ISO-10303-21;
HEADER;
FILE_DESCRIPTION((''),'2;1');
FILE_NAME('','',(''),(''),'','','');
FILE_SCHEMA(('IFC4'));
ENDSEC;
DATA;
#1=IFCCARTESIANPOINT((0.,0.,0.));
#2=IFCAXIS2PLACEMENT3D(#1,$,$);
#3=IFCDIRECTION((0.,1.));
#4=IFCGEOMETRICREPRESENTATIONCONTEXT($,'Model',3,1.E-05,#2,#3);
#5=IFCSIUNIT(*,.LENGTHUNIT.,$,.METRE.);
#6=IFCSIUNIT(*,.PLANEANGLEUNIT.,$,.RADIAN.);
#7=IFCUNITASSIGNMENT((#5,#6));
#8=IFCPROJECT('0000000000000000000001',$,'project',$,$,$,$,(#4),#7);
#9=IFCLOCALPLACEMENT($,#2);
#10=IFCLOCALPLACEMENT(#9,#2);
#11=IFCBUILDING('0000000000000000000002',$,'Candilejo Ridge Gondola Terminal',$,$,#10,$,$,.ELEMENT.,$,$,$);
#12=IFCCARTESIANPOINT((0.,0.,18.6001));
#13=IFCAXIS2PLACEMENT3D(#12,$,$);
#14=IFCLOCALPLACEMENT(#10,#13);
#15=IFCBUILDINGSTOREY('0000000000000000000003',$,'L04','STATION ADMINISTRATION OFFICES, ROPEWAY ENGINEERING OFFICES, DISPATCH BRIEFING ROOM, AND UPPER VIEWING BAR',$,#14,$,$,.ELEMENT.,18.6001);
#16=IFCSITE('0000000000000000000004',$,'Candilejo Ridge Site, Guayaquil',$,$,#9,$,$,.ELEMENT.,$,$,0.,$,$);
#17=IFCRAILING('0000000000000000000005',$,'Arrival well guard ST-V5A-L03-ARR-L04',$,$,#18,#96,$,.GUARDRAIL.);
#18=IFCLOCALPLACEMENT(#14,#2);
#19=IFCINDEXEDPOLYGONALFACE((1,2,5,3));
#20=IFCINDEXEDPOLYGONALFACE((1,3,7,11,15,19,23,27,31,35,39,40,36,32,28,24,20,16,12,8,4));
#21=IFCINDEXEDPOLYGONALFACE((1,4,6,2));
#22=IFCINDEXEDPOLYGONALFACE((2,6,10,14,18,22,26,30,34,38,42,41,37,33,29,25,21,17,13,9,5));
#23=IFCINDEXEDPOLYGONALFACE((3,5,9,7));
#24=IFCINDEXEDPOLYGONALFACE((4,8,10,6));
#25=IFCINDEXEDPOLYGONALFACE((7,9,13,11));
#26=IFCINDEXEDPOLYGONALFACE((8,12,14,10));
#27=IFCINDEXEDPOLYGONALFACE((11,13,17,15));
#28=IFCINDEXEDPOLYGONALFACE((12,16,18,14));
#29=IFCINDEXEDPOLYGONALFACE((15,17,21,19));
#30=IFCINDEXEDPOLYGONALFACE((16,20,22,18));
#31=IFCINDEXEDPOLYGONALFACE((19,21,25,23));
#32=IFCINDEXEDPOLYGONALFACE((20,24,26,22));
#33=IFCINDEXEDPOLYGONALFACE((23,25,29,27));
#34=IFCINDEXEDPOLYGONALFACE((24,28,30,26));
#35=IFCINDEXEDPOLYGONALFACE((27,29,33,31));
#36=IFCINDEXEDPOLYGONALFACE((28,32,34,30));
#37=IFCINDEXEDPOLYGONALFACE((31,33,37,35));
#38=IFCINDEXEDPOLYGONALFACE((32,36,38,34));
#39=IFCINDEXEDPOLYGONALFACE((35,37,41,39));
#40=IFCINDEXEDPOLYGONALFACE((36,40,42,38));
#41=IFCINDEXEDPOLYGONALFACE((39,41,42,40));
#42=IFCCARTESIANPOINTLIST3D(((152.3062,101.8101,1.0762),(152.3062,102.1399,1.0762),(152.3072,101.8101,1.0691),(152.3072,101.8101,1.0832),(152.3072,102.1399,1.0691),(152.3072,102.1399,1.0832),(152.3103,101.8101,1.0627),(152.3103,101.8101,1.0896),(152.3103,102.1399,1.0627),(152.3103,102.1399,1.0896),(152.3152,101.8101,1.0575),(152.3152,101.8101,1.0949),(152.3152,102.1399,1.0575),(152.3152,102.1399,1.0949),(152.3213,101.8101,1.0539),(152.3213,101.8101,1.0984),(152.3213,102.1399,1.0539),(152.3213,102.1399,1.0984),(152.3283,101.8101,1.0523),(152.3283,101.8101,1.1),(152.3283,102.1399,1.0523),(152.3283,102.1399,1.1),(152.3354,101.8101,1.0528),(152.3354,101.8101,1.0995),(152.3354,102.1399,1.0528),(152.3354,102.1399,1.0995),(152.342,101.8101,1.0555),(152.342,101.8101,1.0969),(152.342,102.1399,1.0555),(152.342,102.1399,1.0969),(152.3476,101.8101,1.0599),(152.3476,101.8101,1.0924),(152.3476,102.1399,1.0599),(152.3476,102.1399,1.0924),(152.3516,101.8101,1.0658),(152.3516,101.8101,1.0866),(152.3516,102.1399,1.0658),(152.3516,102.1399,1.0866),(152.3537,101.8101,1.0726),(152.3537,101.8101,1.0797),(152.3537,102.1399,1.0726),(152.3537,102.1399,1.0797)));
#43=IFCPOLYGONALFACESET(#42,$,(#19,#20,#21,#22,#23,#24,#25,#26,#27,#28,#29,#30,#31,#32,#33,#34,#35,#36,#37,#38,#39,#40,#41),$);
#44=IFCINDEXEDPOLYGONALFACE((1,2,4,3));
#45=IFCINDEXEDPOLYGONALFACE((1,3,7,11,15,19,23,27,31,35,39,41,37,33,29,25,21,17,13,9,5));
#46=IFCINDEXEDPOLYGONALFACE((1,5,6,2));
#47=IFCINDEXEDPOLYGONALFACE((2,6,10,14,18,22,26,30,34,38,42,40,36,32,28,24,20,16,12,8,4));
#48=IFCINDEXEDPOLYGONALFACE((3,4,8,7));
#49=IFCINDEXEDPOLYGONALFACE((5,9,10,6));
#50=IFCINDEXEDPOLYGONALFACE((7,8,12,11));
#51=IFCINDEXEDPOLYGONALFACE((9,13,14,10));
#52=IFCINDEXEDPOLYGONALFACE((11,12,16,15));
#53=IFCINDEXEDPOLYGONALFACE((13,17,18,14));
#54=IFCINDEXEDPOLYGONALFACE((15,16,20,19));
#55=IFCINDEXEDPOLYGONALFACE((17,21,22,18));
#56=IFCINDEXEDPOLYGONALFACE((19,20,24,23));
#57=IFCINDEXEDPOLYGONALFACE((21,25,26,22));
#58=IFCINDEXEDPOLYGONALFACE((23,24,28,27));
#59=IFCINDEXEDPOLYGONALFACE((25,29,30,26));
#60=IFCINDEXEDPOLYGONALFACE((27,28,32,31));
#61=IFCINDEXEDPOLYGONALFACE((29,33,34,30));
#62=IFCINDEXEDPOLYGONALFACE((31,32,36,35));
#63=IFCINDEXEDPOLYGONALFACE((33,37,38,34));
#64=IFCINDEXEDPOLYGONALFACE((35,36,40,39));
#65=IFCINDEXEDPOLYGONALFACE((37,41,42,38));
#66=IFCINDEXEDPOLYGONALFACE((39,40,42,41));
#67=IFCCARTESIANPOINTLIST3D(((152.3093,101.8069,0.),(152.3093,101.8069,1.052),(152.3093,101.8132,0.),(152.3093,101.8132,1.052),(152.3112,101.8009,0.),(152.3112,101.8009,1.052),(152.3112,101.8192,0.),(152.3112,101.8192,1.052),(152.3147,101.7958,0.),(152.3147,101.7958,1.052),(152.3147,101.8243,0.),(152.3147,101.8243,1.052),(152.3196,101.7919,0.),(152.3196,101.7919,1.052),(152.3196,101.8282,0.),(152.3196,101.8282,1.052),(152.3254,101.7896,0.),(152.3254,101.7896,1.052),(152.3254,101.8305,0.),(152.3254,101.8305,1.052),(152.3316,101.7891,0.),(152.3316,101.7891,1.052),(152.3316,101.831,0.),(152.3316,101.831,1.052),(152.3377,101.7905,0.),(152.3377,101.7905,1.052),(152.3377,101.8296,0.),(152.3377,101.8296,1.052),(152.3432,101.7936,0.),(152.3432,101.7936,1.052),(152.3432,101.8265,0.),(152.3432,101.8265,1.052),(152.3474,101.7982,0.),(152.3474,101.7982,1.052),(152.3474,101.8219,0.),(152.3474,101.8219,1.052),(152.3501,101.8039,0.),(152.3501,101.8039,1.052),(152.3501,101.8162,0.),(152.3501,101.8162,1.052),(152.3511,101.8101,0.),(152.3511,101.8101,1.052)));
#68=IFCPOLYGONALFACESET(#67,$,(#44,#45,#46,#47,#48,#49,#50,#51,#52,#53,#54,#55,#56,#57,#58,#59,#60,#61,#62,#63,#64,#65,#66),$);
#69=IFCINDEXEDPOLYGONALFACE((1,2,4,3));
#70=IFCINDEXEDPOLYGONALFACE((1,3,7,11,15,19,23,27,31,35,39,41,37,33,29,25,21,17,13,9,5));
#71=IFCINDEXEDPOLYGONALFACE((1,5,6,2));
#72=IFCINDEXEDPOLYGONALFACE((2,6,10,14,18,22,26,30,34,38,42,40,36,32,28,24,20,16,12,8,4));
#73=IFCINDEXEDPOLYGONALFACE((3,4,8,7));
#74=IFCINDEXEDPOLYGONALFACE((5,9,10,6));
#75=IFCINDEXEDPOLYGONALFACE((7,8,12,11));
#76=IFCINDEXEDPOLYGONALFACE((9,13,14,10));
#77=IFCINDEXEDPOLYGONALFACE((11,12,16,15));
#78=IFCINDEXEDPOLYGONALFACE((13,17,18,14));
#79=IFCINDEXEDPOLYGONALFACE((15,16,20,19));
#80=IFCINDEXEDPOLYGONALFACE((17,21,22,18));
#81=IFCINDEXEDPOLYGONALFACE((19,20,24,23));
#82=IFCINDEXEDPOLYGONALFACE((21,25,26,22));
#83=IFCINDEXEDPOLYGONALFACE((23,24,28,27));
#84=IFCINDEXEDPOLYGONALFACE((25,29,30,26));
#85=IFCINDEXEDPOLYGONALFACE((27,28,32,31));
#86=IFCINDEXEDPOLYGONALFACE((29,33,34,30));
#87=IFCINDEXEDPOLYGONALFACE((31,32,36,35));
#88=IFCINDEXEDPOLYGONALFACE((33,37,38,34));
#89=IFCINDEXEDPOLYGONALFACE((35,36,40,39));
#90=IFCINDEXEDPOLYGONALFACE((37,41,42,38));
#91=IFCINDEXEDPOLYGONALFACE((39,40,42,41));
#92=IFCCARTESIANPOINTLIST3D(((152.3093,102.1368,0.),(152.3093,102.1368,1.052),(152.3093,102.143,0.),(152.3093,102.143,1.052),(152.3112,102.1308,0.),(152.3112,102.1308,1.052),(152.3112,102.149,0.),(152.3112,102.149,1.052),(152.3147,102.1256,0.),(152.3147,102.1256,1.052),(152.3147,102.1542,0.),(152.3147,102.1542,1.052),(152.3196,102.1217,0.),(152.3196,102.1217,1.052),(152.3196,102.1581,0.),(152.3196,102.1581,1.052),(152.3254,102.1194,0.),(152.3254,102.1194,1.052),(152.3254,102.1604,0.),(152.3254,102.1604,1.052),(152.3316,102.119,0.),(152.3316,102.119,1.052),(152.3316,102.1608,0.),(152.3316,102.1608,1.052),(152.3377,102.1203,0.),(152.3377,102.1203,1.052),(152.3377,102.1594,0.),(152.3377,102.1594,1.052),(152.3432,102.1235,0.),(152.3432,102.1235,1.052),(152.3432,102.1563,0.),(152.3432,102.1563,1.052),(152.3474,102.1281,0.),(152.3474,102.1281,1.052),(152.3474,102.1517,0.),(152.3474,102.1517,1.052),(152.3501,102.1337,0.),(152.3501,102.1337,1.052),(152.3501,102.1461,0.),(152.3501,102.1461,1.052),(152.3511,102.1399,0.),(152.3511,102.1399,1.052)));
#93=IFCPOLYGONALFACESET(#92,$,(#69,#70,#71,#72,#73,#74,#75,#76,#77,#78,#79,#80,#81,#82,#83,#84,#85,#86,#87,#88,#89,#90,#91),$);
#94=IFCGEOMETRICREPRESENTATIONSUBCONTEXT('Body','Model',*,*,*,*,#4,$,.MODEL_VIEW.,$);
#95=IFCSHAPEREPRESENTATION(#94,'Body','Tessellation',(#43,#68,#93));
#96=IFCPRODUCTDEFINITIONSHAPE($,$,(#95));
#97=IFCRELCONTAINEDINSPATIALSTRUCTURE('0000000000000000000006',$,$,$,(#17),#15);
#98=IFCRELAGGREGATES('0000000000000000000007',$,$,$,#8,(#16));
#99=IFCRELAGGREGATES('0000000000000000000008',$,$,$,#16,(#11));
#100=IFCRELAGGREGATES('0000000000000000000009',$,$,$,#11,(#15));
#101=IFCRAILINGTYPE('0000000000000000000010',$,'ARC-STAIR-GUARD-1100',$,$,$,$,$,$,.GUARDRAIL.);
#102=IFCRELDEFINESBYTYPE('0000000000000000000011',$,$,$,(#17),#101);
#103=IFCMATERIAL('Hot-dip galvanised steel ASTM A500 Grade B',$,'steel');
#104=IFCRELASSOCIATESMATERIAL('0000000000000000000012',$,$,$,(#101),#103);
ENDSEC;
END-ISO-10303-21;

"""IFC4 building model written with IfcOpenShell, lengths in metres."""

from ifc_helpers import new_model, si_unit, direction, frame, origin, origin_2d, place, context, subcontext, project, spatial, circle, extrude, material, type_object, element, save


model = new_model("IFC4")

# Units and contexts
model_context = context("Model", 3, precision=1e-05, world=origin(), true_north=direction((0.0, 1.0)))
body_context = subcontext(model_context, "Body", "Model", "MODEL_VIEW")
ifc_project = project(units=[si_unit("LENGTHUNIT", "METRE"), si_unit("PLANEANGLEUNIT", "RADIAN")], contexts=[model_context])

# Site, building, storey
site_placement = place(None, origin())
site = spatial("IfcSite", under=ifc_project, at=site_placement, Name="Candilejo Ridge Site, Guayaquil", CompositionType="ELEMENT", RefElevation=0.0)
building_placement = place(site_placement, origin())
building = spatial("IfcBuilding", under=site, at=building_placement, Name="Candilejo Ridge Gondola Terminal", CompositionType="ELEMENT")
storey_placement = place(building_placement, frame((0.0, 0.0, 18.6001)))
storey = spatial("IfcBuildingStorey", under=building, at=storey_placement, Name="L04", Description="STATION ADMINISTRATION OFFICES, ROPEWAY ENGINEERING OFFICES, DISPATCH BRIEFING ROOM, AND UPPER VIEWING BAR", CompositionType="ELEMENT", Elevation=18.6001)

# Railing
ifc_material_1 = material(Name="Hot-dip galvanised steel ASTM A500 Grade B", Category="steel")
railing_type_1 = type_object("IfcRailingType", Name="ARC-STAIR-GUARD-1100", PredefinedType="GUARDRAIL", material=ifc_material_1)
railing_1_placement = place(storey_placement, frame((152.3301, 101.8101, 0.0)))
element("IfcRailing", 1, at=railing_1_placement, inside=storey, type_object=railing_type_1, Name="Arrival well guard ST-V5A-L03-ARR-L04", PredefinedType="GUARDRAIL", context=body_context, shape_type="SweptSolid", body=[
    extrude(circle(Radius=0.0239, at=origin_2d()), frame((0.0, 0.0, 1.0762), z_axis=(0.0, 1.0, 0.0), x_axis=(-1.0, 0.0, 0.0)), (0.0, 0.0, 1.0), 0.3298),
    extrude(circle(Radius=0.021, at=origin_2d()), origin(), (0.0, 0.0, 1.0), 1.052),
    extrude(circle(Radius=0.021, at=origin_2d()), frame((0.0, 0.3298, 0.0)), (0.0, 0.0, 1.0), 1.052),
])

save(model, "model.ifc")
